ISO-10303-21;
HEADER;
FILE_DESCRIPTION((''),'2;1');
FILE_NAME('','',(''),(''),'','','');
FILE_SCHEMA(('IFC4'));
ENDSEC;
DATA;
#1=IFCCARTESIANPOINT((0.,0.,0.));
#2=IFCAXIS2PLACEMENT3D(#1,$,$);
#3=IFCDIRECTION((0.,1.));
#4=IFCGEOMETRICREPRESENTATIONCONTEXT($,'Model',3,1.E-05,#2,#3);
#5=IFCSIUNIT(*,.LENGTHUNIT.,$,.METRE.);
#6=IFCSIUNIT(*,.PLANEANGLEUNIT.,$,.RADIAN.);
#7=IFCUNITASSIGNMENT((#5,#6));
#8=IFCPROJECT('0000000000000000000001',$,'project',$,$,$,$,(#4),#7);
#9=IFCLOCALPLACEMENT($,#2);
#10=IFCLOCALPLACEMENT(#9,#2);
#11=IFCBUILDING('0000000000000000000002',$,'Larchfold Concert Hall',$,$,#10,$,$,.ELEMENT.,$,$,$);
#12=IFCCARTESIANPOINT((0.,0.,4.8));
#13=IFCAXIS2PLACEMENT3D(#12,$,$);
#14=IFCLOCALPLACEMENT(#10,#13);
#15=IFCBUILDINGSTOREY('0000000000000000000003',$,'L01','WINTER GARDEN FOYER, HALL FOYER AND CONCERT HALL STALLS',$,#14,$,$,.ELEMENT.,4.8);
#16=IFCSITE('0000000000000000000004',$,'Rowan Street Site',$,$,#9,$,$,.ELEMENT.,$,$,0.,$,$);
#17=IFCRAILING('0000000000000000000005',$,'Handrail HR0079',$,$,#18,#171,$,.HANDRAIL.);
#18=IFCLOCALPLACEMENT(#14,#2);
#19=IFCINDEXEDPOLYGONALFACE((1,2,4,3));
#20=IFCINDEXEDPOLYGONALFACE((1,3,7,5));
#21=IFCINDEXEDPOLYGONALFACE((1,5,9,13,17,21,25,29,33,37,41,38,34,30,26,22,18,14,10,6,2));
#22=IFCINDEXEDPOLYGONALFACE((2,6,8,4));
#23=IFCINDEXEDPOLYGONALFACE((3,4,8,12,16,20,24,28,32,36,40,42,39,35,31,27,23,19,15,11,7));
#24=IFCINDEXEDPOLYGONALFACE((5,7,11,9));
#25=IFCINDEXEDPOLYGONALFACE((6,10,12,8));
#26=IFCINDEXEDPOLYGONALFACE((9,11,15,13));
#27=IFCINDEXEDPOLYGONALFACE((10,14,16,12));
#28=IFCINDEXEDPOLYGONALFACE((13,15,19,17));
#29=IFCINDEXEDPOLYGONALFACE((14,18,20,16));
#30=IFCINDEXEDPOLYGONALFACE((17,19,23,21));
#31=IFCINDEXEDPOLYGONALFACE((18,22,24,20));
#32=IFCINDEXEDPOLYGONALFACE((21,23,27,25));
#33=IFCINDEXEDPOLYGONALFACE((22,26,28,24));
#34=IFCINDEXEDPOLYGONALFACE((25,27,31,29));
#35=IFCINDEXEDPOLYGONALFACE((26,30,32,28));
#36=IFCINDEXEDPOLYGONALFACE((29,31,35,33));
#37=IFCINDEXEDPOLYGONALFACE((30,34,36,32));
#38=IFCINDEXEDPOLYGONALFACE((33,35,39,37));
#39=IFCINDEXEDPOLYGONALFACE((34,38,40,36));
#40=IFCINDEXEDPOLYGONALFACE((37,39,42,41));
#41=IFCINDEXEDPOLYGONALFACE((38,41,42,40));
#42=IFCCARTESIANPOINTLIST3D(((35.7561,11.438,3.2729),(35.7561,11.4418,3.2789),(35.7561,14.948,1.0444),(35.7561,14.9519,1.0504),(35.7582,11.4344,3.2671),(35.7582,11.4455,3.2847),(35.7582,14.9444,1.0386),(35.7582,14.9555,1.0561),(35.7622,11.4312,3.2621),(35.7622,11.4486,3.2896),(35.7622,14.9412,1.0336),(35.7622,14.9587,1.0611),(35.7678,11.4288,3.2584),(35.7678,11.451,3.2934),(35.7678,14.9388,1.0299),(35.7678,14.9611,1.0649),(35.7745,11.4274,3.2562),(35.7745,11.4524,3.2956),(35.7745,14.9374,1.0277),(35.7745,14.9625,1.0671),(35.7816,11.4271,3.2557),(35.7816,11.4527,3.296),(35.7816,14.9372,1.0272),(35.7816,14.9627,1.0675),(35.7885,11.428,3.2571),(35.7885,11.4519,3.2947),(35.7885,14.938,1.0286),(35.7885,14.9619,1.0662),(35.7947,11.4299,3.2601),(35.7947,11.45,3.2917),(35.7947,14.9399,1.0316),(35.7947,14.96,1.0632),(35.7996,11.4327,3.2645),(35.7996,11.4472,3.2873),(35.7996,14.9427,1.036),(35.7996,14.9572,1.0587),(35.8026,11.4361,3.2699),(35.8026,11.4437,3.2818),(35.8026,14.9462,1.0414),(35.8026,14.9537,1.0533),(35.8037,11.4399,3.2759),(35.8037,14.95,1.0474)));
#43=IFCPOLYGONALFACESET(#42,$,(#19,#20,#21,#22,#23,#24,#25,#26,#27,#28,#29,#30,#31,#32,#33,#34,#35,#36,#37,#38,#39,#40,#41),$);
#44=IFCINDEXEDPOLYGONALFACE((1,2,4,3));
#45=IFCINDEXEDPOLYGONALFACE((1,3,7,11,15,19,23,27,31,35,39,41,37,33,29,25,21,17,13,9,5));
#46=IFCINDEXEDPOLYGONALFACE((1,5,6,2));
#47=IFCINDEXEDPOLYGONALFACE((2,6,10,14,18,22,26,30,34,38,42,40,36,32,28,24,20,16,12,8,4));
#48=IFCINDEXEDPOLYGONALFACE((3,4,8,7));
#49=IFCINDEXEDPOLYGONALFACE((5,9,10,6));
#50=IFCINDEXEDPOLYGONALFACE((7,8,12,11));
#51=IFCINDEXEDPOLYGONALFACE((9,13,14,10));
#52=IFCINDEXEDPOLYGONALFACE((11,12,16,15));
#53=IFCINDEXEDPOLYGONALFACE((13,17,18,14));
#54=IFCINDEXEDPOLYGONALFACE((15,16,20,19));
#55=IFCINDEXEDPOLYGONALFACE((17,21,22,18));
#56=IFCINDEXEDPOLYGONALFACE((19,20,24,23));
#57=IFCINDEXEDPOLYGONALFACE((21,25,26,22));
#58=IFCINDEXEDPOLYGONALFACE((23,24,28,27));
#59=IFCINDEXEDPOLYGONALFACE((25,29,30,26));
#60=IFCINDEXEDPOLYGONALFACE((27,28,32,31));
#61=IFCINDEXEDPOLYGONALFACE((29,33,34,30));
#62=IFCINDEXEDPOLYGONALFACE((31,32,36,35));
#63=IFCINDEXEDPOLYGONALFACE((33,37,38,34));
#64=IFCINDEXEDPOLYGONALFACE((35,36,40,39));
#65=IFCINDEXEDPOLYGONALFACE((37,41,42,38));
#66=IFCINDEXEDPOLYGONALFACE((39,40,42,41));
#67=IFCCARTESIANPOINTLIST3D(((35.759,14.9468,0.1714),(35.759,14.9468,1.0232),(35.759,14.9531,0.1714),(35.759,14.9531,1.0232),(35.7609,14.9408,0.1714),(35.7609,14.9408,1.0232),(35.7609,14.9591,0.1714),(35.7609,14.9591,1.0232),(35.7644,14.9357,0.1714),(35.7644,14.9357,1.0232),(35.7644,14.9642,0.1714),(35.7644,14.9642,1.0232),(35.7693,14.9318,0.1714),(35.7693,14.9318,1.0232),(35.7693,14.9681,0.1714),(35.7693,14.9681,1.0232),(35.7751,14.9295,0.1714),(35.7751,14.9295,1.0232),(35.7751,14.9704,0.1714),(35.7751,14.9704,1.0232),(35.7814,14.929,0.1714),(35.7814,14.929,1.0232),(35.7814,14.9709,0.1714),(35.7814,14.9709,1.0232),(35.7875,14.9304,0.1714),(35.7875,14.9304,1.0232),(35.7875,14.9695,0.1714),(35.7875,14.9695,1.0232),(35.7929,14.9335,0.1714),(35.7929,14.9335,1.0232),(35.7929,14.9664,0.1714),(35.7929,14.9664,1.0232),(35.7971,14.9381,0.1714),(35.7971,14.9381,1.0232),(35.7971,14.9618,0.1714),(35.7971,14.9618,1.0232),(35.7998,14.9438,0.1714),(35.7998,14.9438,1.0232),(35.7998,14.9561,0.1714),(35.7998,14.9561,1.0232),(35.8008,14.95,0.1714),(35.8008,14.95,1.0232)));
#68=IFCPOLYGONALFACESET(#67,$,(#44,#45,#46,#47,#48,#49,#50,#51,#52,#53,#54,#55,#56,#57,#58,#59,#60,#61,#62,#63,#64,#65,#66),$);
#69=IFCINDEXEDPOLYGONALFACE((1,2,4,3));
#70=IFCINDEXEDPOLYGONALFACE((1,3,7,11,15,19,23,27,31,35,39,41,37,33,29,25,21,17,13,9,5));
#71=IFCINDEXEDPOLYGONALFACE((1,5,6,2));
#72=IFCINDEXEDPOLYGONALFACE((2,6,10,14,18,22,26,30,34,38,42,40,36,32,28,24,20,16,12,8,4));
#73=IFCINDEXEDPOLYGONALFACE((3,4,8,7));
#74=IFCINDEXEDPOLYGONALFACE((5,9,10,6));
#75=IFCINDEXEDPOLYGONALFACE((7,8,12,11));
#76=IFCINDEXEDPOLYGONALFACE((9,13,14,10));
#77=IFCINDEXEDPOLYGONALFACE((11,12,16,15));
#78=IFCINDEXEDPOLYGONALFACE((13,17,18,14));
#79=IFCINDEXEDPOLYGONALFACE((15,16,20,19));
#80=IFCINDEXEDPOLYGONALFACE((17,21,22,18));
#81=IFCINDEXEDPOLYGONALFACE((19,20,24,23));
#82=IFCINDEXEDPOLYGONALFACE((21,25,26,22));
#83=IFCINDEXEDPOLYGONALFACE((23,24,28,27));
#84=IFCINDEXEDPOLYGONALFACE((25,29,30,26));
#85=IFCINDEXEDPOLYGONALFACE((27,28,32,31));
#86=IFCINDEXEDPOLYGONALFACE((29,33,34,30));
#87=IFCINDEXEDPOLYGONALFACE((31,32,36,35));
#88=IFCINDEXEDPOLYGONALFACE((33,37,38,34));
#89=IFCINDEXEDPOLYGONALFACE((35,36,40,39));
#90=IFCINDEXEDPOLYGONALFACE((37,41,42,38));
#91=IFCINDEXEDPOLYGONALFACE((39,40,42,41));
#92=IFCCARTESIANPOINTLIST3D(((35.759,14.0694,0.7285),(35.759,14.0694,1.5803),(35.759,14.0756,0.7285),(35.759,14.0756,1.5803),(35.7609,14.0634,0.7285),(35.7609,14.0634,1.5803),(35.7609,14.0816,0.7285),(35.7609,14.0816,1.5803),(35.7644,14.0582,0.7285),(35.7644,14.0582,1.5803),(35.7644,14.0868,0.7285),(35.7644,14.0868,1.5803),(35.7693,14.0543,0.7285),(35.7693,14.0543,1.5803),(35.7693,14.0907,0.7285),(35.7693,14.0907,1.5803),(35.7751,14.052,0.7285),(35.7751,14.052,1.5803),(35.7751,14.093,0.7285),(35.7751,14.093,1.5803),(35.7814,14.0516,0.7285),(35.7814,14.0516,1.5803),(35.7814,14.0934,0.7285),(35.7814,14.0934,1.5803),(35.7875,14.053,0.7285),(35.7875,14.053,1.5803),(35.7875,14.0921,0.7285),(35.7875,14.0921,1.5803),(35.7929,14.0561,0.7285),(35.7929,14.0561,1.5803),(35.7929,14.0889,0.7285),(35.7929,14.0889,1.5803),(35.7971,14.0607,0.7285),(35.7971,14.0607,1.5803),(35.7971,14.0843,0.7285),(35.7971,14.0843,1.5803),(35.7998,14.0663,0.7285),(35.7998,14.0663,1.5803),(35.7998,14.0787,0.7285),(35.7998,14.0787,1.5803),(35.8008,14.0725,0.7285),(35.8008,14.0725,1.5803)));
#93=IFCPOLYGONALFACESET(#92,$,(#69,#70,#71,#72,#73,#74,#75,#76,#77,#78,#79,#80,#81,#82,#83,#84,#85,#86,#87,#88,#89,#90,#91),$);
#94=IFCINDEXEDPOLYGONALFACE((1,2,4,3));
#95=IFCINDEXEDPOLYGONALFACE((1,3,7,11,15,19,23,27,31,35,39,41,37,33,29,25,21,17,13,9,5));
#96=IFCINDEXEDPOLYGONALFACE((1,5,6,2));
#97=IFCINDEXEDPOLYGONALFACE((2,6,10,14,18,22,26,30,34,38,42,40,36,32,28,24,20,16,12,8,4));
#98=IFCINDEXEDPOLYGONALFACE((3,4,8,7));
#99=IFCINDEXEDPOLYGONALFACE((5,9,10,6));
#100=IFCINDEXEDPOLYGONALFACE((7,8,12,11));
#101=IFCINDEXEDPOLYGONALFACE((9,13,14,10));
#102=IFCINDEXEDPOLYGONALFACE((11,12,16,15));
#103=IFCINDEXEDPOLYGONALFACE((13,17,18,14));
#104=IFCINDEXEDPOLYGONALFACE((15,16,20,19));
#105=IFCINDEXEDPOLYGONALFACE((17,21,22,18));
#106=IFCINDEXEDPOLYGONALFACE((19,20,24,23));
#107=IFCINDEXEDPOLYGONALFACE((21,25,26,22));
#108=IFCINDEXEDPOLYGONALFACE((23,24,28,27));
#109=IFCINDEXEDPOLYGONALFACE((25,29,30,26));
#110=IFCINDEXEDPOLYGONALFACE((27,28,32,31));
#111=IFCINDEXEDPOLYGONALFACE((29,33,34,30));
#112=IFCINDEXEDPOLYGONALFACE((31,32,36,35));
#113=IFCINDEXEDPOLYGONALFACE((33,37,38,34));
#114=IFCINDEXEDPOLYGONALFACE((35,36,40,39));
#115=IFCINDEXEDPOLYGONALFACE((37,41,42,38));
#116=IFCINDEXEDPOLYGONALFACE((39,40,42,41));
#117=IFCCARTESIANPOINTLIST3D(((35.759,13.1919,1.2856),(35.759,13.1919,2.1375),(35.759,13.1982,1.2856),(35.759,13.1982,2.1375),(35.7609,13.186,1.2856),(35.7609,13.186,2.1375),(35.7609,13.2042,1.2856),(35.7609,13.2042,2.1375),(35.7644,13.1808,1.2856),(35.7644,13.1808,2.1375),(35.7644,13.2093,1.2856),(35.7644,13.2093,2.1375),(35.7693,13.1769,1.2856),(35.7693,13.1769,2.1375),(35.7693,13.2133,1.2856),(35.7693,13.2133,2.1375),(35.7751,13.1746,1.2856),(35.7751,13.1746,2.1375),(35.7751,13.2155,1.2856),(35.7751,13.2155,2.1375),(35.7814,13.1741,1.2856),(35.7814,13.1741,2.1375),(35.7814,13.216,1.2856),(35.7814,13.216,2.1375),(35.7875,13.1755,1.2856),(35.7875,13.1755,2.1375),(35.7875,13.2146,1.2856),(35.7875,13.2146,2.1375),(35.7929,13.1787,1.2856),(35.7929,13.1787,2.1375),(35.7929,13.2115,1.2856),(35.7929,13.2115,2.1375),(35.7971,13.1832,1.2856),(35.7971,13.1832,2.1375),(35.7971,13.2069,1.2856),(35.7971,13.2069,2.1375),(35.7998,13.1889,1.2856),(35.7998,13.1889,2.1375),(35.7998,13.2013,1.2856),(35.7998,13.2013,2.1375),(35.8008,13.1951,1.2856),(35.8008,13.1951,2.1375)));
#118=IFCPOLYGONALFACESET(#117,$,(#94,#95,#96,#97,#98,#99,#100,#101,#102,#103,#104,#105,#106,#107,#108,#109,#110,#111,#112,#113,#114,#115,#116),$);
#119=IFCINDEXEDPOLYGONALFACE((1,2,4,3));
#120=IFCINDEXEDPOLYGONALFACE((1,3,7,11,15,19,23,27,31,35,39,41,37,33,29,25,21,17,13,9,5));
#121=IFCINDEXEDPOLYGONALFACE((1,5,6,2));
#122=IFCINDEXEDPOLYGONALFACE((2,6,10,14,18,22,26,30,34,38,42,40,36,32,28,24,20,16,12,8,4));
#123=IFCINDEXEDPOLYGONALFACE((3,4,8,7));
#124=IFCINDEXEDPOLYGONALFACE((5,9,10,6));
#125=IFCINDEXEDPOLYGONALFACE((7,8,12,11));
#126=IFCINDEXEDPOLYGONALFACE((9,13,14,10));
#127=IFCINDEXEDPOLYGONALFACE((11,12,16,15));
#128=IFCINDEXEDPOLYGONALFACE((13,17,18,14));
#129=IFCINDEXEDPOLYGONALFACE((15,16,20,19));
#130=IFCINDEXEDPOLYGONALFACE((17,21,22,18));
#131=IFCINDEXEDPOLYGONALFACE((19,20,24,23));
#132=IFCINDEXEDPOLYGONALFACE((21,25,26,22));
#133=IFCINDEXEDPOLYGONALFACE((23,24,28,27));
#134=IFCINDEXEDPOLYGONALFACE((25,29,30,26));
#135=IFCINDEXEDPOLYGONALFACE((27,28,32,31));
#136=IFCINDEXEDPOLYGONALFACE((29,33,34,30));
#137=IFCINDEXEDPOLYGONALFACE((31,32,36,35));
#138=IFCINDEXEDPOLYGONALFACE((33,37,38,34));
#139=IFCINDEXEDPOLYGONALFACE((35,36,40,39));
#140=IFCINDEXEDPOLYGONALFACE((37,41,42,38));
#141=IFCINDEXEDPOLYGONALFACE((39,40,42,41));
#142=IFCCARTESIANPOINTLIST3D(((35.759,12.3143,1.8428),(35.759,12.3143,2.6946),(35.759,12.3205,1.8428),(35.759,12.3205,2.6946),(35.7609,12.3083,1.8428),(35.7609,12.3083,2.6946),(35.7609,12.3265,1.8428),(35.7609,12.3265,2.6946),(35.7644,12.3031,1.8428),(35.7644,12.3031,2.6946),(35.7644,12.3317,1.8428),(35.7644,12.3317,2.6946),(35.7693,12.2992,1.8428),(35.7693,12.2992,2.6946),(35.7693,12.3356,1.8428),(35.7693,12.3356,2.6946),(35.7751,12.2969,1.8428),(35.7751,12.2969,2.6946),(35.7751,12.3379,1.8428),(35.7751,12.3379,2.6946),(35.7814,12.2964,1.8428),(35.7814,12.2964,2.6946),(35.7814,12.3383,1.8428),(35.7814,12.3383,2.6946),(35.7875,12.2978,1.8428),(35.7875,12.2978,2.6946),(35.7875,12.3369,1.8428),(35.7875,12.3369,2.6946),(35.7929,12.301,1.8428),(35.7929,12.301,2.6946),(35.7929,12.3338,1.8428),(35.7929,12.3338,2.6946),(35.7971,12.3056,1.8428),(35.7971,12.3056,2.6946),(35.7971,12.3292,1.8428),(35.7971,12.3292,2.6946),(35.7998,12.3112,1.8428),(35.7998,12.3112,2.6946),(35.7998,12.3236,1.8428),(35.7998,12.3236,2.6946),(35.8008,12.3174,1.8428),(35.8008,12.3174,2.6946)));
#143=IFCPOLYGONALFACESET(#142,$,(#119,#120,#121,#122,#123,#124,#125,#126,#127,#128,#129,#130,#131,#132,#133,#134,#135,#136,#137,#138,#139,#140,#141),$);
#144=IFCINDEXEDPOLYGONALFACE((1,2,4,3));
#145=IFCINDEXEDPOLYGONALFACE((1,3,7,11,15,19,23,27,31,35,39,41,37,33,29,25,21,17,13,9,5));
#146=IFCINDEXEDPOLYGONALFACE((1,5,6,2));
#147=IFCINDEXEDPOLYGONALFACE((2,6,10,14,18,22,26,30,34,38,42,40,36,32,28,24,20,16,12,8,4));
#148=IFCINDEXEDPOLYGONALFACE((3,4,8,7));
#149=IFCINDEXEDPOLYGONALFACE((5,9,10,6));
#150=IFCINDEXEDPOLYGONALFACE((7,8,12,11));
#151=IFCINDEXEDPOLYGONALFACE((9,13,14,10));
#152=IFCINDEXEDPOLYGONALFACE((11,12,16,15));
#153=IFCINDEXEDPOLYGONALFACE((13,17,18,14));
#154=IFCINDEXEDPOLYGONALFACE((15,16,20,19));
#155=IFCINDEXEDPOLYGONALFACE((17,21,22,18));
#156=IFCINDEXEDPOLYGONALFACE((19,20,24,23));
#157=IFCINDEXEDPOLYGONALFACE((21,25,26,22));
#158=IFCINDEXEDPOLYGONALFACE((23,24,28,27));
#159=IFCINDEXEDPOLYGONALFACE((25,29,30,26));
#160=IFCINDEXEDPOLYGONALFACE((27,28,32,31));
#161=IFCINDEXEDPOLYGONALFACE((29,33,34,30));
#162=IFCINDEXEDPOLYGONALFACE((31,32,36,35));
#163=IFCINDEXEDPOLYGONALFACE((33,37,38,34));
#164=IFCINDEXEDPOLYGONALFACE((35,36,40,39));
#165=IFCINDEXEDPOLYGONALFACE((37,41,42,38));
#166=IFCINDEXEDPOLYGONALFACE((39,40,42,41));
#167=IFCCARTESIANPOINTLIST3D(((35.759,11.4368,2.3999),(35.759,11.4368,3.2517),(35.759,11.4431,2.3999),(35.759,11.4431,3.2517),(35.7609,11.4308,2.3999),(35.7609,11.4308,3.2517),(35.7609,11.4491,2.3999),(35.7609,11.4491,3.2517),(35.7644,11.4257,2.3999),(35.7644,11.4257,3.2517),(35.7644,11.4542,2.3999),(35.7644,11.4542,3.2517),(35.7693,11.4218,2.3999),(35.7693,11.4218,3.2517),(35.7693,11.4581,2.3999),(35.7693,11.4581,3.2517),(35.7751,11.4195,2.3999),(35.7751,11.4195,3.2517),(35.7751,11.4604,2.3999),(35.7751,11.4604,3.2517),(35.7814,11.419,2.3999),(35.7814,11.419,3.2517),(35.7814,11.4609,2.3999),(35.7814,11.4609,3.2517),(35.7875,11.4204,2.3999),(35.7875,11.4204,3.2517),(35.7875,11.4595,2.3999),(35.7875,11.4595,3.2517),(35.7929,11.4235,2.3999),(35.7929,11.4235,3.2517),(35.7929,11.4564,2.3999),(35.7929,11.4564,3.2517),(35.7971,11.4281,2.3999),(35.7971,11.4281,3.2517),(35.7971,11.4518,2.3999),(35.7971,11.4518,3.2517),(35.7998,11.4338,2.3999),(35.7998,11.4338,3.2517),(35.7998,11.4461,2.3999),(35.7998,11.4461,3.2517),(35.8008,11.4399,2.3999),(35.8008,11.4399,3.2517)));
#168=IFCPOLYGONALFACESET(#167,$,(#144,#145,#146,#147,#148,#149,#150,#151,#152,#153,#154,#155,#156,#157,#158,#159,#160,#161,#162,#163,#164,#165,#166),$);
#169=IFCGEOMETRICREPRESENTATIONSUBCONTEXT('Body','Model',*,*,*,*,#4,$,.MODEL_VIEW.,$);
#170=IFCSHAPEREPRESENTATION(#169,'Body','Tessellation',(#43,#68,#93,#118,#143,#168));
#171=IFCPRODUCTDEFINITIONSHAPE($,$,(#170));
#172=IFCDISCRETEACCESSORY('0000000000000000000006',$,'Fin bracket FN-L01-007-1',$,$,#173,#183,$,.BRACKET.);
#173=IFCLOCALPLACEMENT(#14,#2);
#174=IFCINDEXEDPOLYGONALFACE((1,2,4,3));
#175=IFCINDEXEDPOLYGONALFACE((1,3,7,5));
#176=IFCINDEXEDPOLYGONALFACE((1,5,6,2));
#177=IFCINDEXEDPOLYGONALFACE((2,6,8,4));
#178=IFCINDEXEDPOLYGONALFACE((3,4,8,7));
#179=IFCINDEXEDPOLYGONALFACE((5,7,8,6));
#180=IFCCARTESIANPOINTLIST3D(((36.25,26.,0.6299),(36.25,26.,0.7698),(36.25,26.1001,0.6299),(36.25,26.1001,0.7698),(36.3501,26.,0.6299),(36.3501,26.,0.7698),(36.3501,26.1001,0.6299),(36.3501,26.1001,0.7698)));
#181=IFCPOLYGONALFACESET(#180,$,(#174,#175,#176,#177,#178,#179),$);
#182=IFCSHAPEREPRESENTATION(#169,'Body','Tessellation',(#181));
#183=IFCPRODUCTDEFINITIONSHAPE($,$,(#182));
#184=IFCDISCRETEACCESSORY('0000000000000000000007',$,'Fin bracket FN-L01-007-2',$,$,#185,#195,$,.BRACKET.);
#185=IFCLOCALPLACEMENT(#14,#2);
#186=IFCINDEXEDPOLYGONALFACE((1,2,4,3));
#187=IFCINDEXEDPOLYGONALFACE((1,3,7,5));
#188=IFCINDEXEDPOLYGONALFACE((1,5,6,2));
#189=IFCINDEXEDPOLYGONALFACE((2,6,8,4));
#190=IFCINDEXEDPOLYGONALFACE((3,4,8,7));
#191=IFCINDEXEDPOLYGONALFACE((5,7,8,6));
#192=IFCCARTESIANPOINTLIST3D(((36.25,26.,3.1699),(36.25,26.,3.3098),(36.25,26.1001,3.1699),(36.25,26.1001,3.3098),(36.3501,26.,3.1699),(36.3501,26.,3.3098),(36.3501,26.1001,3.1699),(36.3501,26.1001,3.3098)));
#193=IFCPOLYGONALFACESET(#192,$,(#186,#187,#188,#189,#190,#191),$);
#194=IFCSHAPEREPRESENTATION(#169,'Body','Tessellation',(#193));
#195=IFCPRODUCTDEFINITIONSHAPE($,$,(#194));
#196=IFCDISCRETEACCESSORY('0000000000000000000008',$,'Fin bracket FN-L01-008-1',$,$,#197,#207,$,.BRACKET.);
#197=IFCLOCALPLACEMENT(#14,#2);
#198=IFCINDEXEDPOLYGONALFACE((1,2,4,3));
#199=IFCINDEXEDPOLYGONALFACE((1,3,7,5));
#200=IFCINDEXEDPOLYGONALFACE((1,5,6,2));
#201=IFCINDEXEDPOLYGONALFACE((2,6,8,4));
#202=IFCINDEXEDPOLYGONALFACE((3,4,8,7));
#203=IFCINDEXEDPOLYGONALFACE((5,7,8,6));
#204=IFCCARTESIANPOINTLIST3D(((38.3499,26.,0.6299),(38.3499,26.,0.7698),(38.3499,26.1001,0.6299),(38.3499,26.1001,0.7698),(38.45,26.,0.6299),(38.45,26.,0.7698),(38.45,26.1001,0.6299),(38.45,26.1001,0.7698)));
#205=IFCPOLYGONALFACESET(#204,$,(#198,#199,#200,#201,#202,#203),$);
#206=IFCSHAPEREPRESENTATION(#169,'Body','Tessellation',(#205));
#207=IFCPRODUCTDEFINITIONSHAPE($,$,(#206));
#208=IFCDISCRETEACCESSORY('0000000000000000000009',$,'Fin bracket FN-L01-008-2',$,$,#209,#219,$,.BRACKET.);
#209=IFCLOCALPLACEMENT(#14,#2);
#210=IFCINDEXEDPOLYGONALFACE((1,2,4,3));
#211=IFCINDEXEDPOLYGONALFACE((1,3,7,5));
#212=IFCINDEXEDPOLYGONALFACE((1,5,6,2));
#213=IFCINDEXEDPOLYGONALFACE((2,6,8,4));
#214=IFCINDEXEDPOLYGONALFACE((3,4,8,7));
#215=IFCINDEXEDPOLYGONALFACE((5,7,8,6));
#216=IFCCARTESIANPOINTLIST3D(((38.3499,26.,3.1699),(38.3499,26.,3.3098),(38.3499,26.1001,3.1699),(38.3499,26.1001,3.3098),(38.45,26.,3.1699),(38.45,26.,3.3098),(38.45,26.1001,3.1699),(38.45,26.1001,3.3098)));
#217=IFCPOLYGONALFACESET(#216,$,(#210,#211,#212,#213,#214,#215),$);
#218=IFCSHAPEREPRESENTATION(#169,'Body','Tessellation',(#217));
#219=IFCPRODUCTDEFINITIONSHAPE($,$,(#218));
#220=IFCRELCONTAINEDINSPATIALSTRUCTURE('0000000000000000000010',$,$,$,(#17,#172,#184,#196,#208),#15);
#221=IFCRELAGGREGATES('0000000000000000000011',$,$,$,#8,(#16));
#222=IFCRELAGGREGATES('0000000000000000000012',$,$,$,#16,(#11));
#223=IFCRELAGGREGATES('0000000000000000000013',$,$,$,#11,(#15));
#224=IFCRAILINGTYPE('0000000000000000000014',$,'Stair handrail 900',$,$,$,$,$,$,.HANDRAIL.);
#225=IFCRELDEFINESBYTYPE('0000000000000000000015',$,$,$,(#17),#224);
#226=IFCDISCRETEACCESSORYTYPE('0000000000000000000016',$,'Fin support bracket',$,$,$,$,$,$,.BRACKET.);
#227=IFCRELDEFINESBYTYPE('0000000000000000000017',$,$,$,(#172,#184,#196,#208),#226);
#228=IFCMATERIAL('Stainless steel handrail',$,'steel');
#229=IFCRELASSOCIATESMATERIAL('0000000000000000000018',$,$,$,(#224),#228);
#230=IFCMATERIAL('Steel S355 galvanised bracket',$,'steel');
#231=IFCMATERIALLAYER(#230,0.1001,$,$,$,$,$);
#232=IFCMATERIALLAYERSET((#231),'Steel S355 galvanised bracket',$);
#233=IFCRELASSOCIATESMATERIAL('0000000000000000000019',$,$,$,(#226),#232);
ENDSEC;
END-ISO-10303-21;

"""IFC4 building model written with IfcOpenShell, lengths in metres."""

from ifc_helpers import new_model, si_unit, direction, frame, origin, origin_2d, place, context, subcontext, project, spatial, rectangle, circle, extrude, material, layer, layer_set, type_object, element, save


model = new_model("IFC4")

# Units and contexts
model_context = context("Model", 3, precision=1e-05, world=origin(), true_north=direction((0.0, 1.0)))
body_context = subcontext(model_context, "Body", "Model", "MODEL_VIEW")
ifc_project = project(units=[si_unit("LENGTHUNIT", "METRE"), si_unit("PLANEANGLEUNIT", "RADIAN")], contexts=[model_context])

# Site, building, storey
site_placement = place(None, origin())
site = spatial("IfcSite", under=ifc_project, at=site_placement, Name="Rowan Street Site", CompositionType="ELEMENT", RefElevation=0.0)
building_placement = place(site_placement, origin())
building = spatial("IfcBuilding", under=site, at=building_placement, Name="Larchfold Concert Hall", CompositionType="ELEMENT")
storey_placement = place(building_placement, frame((0.0, 0.0, 4.8)))
storey = spatial("IfcBuildingStorey", under=building, at=storey_placement, Name="L01", Description="WINTER GARDEN FOYER, HALL FOYER AND CONCERT HALL STALLS", CompositionType="ELEMENT", Elevation=4.8)

# Railing
ifc_material_1 = material(Name="Stainless steel handrail", Category="steel")
railing_type_1 = type_object("IfcRailingType", Name="Stair handrail 900", PredefinedType="HANDRAIL", material=ifc_material_1)
for number, where, name in (
    (1, (35.7798, 14.95, 0.1714), "Handrail HR0079"),
):
    element("IfcRailing", number, at=place(storey_placement, frame(where)), inside=storey, type_object=railing_type_1, Name=name, PredefinedType="HANDRAIL", context=body_context, shape_type="SweptSolid", body=[
        extrude(circle(Radius=0.0239, at=origin_2d()), frame((0.0, 0.0, 0.876), z_axis=(0.0, -0.84422, 0.535998), x_axis=(1.0, 0.0, 0.0)), (0.0, 0.0, 1.0), 4.1577),
        extrude(circle(Radius=0.021, at=origin_2d()), origin(), (0.0, 0.0, 1.0), 0.8518),
        extrude(circle(Radius=0.021, at=origin_2d()), frame((0.0, -0.8774, 0.5571)), (0.0, 0.0, 1.0), 0.8518),
        extrude(circle(Radius=0.021, at=origin_2d()), frame((0.0, -1.7549, 1.1143)), (0.0, 0.0, 1.0), 0.8518),
        extrude(circle(Radius=0.021, at=origin_2d()), frame((0.0, -2.6326, 1.6714)), (0.0, 0.0, 1.0), 0.8518),
        extrude(circle(Radius=0.021, at=origin_2d()), frame((0.0, -3.51, 2.2285)), (0.0, 0.0, 1.0), 0.8518),
    ])

# Discrete accessories
ifc_material_2 = material(Name="Steel S355 galvanised bracket", Category="steel")
ifc_layer_1 = layer(ifc_material_2, 0.1001)
ifc_layer_set_1 = layer_set([ifc_layer_1], Name="Steel S355 galvanised bracket")
discrete_accessory_type = type_object("IfcDiscreteAccessoryType", Name="Fin support bracket", PredefinedType="BRACKET", material=ifc_layer_set_1)
for number, where, z_axis, x_axis, name in (
    (2, (36.3, 26.05, 0.6299), (0.0, 0.0, 1.0), (0.0, 1.0, 0.0), "Fin bracket FN-L01-007-1"),
    (3, (36.3, 26.05, 3.1699), (0.0, 0.0, 1.0), (0.0, 1.0, 0.0), "Fin bracket FN-L01-007-2"),
    (4, (38.3999, 26.05, 0.6299), (0.0, 0.0, 1.0), (0.0, 1.0, 0.0), "Fin bracket FN-L01-008-1"),
    (5, (38.3999, 26.05, 3.1699), (0.0, 0.0, 1.0), (0.0, 1.0, 0.0), "Fin bracket FN-L01-008-2"),
):
    element("IfcDiscreteAccessory", number, at=place(storey_placement, frame(where, z_axis=z_axis, x_axis=x_axis)), inside=storey, type_object=discrete_accessory_type, Name=name, PredefinedType="BRACKET", context=body_context, shape_type="SweptSolid", body=[
        extrude(rectangle(XDim=0.1001, YDim=0.1001, at=origin_2d()), origin(), (0.0, 0.0, 1.0), 0.1399),
    ])

save(model, "model.ifc")
